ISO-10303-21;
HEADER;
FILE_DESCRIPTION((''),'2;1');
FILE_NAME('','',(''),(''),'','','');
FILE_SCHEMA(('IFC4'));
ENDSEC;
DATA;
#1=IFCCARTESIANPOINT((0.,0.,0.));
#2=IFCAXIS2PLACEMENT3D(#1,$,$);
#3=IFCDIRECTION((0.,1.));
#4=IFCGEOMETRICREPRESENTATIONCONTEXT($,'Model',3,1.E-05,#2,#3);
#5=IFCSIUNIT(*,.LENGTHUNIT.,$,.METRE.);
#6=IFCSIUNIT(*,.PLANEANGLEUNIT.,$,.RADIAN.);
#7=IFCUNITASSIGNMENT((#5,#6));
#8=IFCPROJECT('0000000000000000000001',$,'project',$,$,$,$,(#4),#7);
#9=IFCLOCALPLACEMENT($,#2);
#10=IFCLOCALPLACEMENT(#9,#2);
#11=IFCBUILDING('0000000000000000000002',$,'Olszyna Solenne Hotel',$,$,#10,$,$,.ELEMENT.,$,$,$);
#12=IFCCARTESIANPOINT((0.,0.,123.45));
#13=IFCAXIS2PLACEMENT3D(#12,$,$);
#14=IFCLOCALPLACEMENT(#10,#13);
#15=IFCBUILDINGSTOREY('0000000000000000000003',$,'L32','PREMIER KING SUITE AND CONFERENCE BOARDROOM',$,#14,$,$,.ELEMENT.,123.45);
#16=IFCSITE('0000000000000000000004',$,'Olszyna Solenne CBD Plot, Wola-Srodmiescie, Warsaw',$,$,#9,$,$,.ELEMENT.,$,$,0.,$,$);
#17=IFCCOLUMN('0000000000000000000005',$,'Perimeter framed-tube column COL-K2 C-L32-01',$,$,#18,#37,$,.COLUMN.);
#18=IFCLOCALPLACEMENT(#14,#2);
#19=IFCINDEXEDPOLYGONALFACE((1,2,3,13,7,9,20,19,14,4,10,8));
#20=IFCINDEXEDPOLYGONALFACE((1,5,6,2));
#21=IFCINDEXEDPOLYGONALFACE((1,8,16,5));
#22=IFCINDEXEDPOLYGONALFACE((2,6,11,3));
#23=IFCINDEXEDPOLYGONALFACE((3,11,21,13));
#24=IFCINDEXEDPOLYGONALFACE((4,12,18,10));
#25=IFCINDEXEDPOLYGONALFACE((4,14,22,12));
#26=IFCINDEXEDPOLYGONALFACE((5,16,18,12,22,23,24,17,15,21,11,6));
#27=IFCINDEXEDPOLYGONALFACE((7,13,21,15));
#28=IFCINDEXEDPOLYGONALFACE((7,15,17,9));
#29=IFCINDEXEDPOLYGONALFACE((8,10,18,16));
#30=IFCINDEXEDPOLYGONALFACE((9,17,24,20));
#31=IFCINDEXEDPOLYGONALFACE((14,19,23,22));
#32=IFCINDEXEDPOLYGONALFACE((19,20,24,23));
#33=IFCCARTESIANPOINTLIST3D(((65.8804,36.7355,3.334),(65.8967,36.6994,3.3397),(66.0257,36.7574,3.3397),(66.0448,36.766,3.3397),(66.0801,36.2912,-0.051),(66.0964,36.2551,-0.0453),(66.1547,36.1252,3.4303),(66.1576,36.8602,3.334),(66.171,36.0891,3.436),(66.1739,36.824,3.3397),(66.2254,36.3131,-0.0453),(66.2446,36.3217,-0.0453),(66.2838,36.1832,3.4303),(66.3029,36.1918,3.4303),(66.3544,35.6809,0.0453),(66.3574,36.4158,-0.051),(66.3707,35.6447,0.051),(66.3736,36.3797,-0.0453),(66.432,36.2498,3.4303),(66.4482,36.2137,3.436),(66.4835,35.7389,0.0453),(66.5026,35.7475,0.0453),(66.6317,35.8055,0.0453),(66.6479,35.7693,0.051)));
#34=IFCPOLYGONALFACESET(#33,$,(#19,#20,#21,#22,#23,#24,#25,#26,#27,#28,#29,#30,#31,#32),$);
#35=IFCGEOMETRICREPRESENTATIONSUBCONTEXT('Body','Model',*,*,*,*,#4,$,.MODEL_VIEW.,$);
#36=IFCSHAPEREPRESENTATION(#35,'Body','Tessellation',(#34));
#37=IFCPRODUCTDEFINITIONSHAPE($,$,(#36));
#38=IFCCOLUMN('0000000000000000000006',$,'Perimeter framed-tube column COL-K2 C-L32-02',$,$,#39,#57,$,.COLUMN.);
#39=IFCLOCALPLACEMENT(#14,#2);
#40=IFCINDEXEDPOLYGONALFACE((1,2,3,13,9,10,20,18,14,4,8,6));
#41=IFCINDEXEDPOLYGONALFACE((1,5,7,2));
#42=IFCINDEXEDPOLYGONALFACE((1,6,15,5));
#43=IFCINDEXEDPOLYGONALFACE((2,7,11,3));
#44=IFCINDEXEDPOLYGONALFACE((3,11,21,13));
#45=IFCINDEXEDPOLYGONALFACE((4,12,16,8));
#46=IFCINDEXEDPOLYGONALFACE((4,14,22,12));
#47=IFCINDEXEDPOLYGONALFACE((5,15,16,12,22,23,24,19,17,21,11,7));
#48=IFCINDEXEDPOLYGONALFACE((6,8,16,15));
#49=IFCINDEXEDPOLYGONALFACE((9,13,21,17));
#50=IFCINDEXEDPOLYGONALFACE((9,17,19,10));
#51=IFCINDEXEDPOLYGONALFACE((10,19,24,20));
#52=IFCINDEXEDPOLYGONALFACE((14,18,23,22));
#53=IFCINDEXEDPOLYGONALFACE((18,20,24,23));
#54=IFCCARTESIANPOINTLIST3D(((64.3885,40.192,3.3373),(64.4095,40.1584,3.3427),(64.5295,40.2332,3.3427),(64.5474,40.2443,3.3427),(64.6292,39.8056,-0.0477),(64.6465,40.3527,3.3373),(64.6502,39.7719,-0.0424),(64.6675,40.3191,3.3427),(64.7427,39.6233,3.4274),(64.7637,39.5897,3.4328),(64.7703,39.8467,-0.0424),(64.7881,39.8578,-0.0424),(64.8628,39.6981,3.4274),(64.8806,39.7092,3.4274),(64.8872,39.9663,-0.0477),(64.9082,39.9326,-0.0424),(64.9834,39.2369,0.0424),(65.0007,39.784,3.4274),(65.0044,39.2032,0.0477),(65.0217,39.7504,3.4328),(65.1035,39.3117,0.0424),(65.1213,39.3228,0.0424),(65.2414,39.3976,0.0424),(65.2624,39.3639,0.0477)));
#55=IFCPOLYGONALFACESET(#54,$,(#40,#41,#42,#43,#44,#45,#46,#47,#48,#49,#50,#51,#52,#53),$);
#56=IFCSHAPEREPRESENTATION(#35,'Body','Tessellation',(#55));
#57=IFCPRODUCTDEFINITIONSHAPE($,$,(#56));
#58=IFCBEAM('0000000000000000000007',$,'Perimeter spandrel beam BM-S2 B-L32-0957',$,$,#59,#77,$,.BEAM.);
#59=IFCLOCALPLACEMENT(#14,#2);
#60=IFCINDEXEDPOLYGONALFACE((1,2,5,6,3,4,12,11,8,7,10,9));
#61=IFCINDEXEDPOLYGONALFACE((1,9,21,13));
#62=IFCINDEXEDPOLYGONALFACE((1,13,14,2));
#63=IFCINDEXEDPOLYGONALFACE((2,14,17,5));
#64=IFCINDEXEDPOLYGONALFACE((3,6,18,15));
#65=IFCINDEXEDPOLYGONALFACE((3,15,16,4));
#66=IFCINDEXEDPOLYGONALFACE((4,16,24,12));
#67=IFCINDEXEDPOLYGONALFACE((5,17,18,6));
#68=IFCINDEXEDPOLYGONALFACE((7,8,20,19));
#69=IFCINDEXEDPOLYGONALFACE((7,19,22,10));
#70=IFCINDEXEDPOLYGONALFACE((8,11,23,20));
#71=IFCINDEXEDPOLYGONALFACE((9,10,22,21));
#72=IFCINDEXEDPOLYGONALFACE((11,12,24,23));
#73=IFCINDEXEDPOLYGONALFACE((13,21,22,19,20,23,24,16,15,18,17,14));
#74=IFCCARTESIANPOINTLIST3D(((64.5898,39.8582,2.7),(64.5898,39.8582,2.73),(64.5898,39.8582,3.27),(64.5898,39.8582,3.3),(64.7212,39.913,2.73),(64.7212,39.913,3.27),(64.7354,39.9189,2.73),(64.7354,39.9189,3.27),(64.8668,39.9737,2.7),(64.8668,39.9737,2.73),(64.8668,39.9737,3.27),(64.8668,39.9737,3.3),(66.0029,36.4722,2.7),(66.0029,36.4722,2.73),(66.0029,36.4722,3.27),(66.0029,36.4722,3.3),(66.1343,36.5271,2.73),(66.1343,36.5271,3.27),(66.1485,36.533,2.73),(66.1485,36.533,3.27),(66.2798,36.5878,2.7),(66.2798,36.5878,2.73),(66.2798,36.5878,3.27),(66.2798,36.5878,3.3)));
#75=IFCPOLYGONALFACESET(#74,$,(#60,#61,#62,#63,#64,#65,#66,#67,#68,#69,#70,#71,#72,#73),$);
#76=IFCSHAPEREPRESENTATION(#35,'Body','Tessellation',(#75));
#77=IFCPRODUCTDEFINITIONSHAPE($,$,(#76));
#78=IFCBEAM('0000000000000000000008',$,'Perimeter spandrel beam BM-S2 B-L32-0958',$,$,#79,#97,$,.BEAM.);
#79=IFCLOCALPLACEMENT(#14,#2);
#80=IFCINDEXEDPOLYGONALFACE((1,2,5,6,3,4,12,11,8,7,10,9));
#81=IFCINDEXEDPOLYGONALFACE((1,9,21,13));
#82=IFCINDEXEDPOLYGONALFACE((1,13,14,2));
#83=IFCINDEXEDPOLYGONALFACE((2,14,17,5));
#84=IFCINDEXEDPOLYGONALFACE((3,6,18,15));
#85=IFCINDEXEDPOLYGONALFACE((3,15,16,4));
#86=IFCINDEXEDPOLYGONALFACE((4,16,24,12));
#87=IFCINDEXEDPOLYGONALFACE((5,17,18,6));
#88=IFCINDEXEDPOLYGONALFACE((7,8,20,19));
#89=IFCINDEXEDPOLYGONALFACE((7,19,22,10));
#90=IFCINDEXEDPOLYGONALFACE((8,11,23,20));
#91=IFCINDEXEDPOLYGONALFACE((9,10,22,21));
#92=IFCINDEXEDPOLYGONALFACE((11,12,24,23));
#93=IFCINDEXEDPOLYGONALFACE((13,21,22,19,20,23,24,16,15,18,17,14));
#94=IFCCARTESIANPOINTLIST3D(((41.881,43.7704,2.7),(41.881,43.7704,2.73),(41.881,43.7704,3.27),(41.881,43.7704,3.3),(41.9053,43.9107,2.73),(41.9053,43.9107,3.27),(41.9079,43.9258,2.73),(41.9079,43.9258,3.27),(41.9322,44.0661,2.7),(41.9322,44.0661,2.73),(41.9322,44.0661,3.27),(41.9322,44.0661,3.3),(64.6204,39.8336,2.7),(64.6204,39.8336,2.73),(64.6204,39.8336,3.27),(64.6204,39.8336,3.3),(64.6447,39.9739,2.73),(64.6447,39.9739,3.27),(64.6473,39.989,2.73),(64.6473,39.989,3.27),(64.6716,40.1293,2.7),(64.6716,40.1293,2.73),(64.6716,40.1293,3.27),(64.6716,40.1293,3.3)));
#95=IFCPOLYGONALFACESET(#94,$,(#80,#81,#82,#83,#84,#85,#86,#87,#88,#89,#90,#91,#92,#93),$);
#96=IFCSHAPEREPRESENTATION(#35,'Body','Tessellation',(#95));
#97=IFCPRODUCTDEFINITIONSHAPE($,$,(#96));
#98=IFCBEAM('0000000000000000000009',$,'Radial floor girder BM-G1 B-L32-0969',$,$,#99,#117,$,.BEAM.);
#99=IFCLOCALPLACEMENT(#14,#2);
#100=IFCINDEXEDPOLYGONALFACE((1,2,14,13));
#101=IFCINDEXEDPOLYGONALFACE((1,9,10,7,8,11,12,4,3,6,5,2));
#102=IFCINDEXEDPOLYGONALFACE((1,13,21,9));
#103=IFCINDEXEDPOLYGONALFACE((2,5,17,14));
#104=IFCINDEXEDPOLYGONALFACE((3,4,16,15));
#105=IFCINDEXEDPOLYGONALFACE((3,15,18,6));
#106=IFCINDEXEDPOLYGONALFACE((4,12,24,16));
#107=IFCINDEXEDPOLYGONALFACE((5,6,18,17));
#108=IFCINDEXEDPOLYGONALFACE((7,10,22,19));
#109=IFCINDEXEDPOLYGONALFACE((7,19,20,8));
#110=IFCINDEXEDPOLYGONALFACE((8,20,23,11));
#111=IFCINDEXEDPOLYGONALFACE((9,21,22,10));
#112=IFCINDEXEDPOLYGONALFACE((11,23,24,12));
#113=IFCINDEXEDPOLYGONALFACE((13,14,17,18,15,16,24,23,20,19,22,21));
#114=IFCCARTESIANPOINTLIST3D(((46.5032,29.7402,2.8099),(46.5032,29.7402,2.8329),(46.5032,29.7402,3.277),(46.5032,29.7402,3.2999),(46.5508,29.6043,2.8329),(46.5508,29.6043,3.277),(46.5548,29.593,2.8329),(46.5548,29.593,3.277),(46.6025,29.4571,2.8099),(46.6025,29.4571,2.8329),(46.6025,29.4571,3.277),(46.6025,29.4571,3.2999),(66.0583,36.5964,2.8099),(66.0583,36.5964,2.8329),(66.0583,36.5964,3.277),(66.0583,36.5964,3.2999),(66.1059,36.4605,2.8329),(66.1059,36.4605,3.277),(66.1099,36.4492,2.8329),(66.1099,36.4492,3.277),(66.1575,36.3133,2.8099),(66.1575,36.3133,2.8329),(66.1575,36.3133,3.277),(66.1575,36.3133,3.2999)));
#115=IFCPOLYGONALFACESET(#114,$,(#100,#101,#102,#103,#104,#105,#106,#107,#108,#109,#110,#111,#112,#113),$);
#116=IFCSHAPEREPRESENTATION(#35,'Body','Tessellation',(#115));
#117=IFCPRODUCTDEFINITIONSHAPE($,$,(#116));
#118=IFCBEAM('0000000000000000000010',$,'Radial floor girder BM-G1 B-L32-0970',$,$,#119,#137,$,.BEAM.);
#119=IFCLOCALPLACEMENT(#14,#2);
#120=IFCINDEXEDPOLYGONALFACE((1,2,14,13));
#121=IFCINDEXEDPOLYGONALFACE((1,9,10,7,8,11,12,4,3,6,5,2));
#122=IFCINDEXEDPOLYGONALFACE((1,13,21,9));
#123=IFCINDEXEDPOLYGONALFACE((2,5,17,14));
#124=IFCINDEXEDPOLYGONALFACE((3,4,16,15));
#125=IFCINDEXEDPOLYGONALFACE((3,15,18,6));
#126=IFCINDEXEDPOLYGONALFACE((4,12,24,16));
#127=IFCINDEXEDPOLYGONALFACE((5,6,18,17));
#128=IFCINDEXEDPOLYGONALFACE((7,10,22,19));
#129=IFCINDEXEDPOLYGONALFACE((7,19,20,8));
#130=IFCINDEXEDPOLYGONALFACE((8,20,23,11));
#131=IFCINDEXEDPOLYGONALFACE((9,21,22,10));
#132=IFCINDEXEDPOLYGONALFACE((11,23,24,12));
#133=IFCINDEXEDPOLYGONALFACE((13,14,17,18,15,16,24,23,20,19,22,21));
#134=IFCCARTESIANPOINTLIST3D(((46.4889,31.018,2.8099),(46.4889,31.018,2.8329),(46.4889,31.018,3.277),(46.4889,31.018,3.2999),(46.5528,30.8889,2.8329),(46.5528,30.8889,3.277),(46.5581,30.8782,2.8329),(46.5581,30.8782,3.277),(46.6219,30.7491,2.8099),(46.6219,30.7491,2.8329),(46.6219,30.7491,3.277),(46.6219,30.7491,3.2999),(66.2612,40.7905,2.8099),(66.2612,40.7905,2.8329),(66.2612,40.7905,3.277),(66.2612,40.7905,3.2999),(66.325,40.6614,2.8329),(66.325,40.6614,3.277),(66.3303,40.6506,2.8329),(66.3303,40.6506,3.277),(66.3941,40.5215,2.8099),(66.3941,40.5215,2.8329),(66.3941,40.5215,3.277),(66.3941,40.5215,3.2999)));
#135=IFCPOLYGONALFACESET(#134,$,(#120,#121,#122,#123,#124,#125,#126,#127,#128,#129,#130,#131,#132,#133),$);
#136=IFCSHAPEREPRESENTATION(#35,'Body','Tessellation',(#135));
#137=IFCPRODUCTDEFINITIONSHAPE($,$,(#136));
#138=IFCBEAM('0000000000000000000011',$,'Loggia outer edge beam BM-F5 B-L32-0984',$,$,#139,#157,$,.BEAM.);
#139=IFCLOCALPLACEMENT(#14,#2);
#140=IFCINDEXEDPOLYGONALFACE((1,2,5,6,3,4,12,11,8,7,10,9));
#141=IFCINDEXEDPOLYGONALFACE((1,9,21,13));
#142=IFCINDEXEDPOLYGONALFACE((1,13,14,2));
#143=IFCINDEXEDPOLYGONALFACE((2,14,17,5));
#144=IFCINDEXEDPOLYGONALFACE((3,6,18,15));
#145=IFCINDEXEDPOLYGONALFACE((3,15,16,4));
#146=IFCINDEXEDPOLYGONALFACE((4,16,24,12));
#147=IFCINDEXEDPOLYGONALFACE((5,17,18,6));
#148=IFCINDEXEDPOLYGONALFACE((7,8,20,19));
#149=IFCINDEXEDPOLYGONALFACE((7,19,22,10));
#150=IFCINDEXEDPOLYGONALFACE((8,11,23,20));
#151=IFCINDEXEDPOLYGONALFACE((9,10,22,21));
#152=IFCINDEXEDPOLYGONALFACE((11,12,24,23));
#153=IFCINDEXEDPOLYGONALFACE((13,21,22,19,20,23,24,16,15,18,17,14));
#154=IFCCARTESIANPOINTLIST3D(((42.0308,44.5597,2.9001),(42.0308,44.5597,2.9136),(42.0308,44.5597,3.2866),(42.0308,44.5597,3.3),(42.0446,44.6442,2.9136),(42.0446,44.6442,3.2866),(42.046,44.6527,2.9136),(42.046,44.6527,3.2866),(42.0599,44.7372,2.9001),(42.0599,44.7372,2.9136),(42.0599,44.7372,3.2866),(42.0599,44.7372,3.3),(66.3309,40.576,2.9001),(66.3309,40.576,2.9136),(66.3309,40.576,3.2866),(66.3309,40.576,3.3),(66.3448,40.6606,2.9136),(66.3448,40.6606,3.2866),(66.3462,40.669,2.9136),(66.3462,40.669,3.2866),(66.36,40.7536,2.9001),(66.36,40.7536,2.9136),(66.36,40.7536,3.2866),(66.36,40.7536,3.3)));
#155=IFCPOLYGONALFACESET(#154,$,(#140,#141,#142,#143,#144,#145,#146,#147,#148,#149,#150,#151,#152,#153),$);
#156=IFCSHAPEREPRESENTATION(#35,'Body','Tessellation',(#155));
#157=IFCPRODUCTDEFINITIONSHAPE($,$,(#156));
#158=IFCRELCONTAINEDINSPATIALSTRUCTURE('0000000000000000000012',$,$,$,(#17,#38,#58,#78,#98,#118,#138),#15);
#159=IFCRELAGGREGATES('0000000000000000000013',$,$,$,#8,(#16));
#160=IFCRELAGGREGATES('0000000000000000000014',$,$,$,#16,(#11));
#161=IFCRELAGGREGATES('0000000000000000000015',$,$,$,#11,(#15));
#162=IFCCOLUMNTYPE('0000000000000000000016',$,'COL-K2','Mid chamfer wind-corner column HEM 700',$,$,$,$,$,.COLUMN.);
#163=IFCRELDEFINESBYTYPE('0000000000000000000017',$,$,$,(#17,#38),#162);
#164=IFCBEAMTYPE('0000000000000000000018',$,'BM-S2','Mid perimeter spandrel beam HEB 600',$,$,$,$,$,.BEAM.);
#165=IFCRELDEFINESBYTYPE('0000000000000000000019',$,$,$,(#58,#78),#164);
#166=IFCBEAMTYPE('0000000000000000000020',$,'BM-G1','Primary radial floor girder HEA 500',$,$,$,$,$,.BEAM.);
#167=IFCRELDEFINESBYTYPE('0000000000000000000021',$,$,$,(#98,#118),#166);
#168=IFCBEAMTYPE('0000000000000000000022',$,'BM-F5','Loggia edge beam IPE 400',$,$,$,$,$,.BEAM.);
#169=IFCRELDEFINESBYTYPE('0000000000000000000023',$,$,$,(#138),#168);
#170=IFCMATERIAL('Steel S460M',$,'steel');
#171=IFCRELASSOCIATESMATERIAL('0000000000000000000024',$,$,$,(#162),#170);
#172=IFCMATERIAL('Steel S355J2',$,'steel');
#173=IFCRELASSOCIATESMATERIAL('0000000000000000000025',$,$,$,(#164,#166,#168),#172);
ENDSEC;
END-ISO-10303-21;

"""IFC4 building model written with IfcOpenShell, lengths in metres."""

from ifc_helpers import new_model, si_unit, direction, frame, origin, origin_2d, place, context, subcontext, project, spatial, i_section, extrude, source, transform, mapped, material, material_profile, profile_set, type_object, element, save


model = new_model("IFC4")

# Units and contexts
model_context = context("Model", 3, precision=1e-05, world=origin(), true_north=direction((0.0, 1.0)))
body_context = subcontext(model_context, "Body", "Model", "MODEL_VIEW")
ifc_project = project(units=[si_unit("LENGTHUNIT", "METRE"), si_unit("PLANEANGLEUNIT", "RADIAN")], contexts=[model_context])

# Site, building, storey
site_placement = place(None, origin())
site = spatial("IfcSite", under=ifc_project, at=site_placement, Name="Olszyna Solenne CBD Plot, Wola-Srodmiescie, Warsaw", CompositionType="ELEMENT", RefElevation=0.0)
building_placement = place(site_placement, origin())
building = spatial("IfcBuilding", under=site, at=building_placement, Name="Olszyna Solenne Hotel", CompositionType="ELEMENT")
storey_placement = place(building_placement, frame((0.0, 0.0, 123.45)))
storey = spatial("IfcBuildingStorey", under=building, at=storey_placement, Name="L32", Description="PREMIER KING SUITE AND CONFERENCE BOARDROOM", CompositionType="ELEMENT", Elevation=123.45)

# Columns
ifc_material_1 = material(Name="Steel S460M", Category="steel")
ifc_material_profile_1 = material_profile(ifc_material_1, i_section(OverallWidth=0.304, OverallDepth=0.7161, WebThickness=0.021, FlangeThickness=0.04, at=origin_2d()), Name="HEM 700", Category="load-bearing")
ifc_profile_set_1 = profile_set([ifc_material_profile_1], Name="Steel S460M")
column_type = type_object("IfcColumnType", Name="COL-K2", Description="Mid chamfer wind-corner column HEM 700", PredefinedType="COLUMN", material=ifc_profile_set_1)
shared_shape_1 = source(origin(), body_context, "Body", "SweptSolid", [
    extrude(i_section(OverallWidth=0.304, OverallDepth=0.7161, WebThickness=0.021, FlangeThickness=0.04, at=origin_2d()), origin(), (0.0, 0.0, 1.0), 3.4199),
])
column_1_placement = place(storey_placement, frame((66.364, 36.0303, 0.0), z_axis=(-0.058396, 0.129927, 0.989802), x_axis=(-0.912109, -0.409948, 0.0)))
element("IfcColumn", 1, at=column_1_placement, inside=storey, type_object=column_type, Name="Perimeter framed-tube column COL-K2 C-L32-01", PredefinedType="COLUMN", context=body_context, shape_type="MappedRepresentation", body=[
    mapped(shared_shape_1, transform((0.0, 0.0, 0.0), x_axis=(1.0, 0.0, 0.0), y_axis=(0.0, 1.0, 0.0), z_axis=(0.0, 0.0, 1.0), scale=1.0)),
])
shared_shape_2 = source(origin(), body_context, "Body", "SweptSolid", [
    extrude(i_section(OverallWidth=0.304, OverallDepth=0.7161, WebThickness=0.021, FlangeThickness=0.04, at=origin_2d()), origin(), (0.0, 0.0, 1.0), 3.4155),
])
column_2_placement = place(storey_placement, frame((64.9458, 39.5847, 0.0), z_axis=(-0.07048, 0.113153, 0.991075), x_axis=(-0.848811, -0.528697, 0.0)))
element("IfcColumn", 2, at=column_2_placement, inside=storey, type_object=column_type, Name="Perimeter framed-tube column COL-K2 C-L32-02", PredefinedType="COLUMN", context=body_context, shape_type="MappedRepresentation", body=[
    mapped(shared_shape_2, transform((0.0, 0.0, 0.0), x_axis=(1.0, 0.0, 0.0), y_axis=(0.0, 1.0, 0.0), z_axis=(0.0, 0.0, 1.0), scale=1.0)),
])

# Beams
ifc_material_2 = material(Name="Steel S355J2", Category="steel")
ifc_material_profile_2 = material_profile(ifc_material_2, i_section(OverallWidth=0.3, OverallDepth=0.6001, WebThickness=0.0154, FlangeThickness=0.03, at=origin_2d()), Name="HEB 600", Category="load-bearing")
ifc_profile_set_2 = profile_set([ifc_material_profile_2], Name="Steel S355J2")
beam_type_1 = type_object("IfcBeamType", Name="BM-S2", Description="Mid perimeter spandrel beam HEB 600", PredefinedType="BEAM", material=ifc_profile_set_2)
shared_shape_3 = source(origin(), body_context, "Body", "SweptSolid", [
    extrude(i_section(OverallWidth=0.3, OverallDepth=0.6001, WebThickness=0.0154, FlangeThickness=0.03, at=origin_2d()), origin(), (0.0, 0.0, 1.0), 3.6689),
])
beam_1_placement = place(storey_placement, frame((66.1414, 36.53, 3.0), z_axis=(-0.38514, 0.922858, 0.0), x_axis=(-0.922858, -0.38514, 0.0)))
element("IfcBeam", 3, at=beam_1_placement, inside=storey, type_object=beam_type_1, Name="Perimeter spandrel beam BM-S2 B-L32-0957", PredefinedType="BEAM", context=body_context, shape_type="MappedRepresentation", body=[
    mapped(shared_shape_3, transform((0.0, 0.0, 0.0), x_axis=(1.0, 0.0, 0.0), y_axis=(0.0, 1.0, 0.0), z_axis=(0.0, 0.0, 1.0), scale=1.0)),
])
shared_shape_4 = source(origin(), body_context, "Body", "SweptSolid", [
    extrude(i_section(OverallWidth=0.3, OverallDepth=0.6001, WebThickness=0.0154, FlangeThickness=0.03, at=origin_2d()), origin(), (0.0, 0.0, 1.0), 23.0776),
])
beam_2_placement = place(storey_placement, frame((64.646, 39.9814, 3.0), z_axis=(-0.985342, 0.170589, 0.0), x_axis=(-0.170589, -0.985342, 0.0)))
element("IfcBeam", 4, at=beam_2_placement, inside=storey, type_object=beam_type_1, Name="Perimeter spandrel beam BM-S2 B-L32-0958", PredefinedType="BEAM", context=body_context, shape_type="MappedRepresentation", body=[
    mapped(shared_shape_4, transform((0.0, 0.0, 0.0), x_axis=(1.0, 0.0, 0.0), y_axis=(0.0, 1.0, 0.0), z_axis=(0.0, 0.0, 1.0), scale=1.0)),
])
ifc_material_profile_3 = material_profile(ifc_material_2, i_section(OverallWidth=0.3, OverallDepth=0.49, WebThickness=0.012, FlangeThickness=0.0229, at=origin_2d()), Name="HEA 500", Category="load-bearing")
ifc_profile_set_3 = profile_set([ifc_material_profile_3], Name="Steel S355J2")
beam_type_2 = type_object("IfcBeamType", Name="BM-G1", Description="Primary radial floor girder HEA 500", PredefinedType="BEAM", material=ifc_profile_set_3)
shared_shape_5 = source(origin(), body_context, "Body", "SweptSolid", [
    extrude(i_section(OverallWidth=0.3, OverallDepth=0.49, WebThickness=0.012, FlangeThickness=0.0229, at=origin_2d()), origin(), (0.0, 0.0, 1.0), 20.7222),
])
beam_3_placement = place(storey_placement, frame((66.1079, 36.4548, 3.0549), z_axis=(-0.943679, -0.330862, 0.0), x_axis=(0.330862, -0.943679, 0.0)))
element("IfcBeam", 5, at=beam_3_placement, inside=storey, type_object=beam_type_2, Name="Radial floor girder BM-G1 B-L32-0969", PredefinedType="BEAM", context=body_context, shape_type="MappedRepresentation", body=[
    mapped(shared_shape_5, transform((0.0, 0.0, 0.0), x_axis=(1.0, 0.0, 0.0), y_axis=(0.0, 1.0, 0.0), z_axis=(0.0, 0.0, 1.0), scale=1.0)),
])
shared_shape_6 = source(origin(), body_context, "Body", "SweptSolid", [
    extrude(i_section(OverallWidth=0.3, OverallDepth=0.49, WebThickness=0.012, FlangeThickness=0.0229, at=origin_2d()), origin(), (0.0, 0.0, 1.0), 22.0554),
])
beam_4_placement = place(storey_placement, frame((66.3276, 40.656, 3.0549), z_axis=(-0.896479, -0.443087, 0.0), x_axis=(0.443087, -0.896479, 0.0)))
element("IfcBeam", 6, at=beam_4_placement, inside=storey, type_object=beam_type_2, Name="Radial floor girder BM-G1 B-L32-0970", PredefinedType="BEAM", context=body_context, shape_type="MappedRepresentation", body=[
    mapped(shared_shape_6, transform((0.0, 0.0, 0.0), x_axis=(1.0, 0.0, 0.0), y_axis=(0.0, 1.0, 0.0), z_axis=(0.0, 0.0, 1.0), scale=1.0)),
])
ifc_material_profile_4 = material_profile(ifc_material_2, i_section(OverallWidth=0.1799, OverallDepth=0.3999, WebThickness=0.0085, FlangeThickness=0.0134, at=origin_2d()), Name="IPE 400", Category="load-bearing")
ifc_profile_set_4 = profile_set([ifc_material_profile_4], Name="Steel S355J2")
beam_type_3 = type_object("IfcBeamType", Name="BM-F5", Description="Loggia edge beam IPE 400", PredefinedType="BEAM", material=ifc_profile_set_4)
shared_shape_7 = source(origin(), body_context, "Body", "SweptSolid", [
    extrude(i_section(OverallWidth=0.1799, OverallDepth=0.3999, WebThickness=0.0085, FlangeThickness=0.0134, at=origin_2d()), origin(), (0.0, 0.0, 1.0), 24.6245),
])
beam_5_placement = place(storey_placement, frame((66.3455, 40.6648, 3.1001), z_axis=(-0.986827, 0.161776, 0.0), x_axis=(-0.161776, -0.986827, 0.0)))
element("IfcBeam", 7, at=beam_5_placement, inside=storey, type_object=beam_type_3, Name="Loggia outer edge beam BM-F5 B-L32-0984", PredefinedType="BEAM", context=body_context, shape_type="MappedRepresentation", body=[
    mapped(shared_shape_7, transform((0.0, 0.0, 0.0), x_axis=(1.0, 0.0, 0.0), y_axis=(0.0, 1.0, 0.0), z_axis=(0.0, 0.0, 1.0), scale=1.0)),
])

save(model, "model.ifc")
